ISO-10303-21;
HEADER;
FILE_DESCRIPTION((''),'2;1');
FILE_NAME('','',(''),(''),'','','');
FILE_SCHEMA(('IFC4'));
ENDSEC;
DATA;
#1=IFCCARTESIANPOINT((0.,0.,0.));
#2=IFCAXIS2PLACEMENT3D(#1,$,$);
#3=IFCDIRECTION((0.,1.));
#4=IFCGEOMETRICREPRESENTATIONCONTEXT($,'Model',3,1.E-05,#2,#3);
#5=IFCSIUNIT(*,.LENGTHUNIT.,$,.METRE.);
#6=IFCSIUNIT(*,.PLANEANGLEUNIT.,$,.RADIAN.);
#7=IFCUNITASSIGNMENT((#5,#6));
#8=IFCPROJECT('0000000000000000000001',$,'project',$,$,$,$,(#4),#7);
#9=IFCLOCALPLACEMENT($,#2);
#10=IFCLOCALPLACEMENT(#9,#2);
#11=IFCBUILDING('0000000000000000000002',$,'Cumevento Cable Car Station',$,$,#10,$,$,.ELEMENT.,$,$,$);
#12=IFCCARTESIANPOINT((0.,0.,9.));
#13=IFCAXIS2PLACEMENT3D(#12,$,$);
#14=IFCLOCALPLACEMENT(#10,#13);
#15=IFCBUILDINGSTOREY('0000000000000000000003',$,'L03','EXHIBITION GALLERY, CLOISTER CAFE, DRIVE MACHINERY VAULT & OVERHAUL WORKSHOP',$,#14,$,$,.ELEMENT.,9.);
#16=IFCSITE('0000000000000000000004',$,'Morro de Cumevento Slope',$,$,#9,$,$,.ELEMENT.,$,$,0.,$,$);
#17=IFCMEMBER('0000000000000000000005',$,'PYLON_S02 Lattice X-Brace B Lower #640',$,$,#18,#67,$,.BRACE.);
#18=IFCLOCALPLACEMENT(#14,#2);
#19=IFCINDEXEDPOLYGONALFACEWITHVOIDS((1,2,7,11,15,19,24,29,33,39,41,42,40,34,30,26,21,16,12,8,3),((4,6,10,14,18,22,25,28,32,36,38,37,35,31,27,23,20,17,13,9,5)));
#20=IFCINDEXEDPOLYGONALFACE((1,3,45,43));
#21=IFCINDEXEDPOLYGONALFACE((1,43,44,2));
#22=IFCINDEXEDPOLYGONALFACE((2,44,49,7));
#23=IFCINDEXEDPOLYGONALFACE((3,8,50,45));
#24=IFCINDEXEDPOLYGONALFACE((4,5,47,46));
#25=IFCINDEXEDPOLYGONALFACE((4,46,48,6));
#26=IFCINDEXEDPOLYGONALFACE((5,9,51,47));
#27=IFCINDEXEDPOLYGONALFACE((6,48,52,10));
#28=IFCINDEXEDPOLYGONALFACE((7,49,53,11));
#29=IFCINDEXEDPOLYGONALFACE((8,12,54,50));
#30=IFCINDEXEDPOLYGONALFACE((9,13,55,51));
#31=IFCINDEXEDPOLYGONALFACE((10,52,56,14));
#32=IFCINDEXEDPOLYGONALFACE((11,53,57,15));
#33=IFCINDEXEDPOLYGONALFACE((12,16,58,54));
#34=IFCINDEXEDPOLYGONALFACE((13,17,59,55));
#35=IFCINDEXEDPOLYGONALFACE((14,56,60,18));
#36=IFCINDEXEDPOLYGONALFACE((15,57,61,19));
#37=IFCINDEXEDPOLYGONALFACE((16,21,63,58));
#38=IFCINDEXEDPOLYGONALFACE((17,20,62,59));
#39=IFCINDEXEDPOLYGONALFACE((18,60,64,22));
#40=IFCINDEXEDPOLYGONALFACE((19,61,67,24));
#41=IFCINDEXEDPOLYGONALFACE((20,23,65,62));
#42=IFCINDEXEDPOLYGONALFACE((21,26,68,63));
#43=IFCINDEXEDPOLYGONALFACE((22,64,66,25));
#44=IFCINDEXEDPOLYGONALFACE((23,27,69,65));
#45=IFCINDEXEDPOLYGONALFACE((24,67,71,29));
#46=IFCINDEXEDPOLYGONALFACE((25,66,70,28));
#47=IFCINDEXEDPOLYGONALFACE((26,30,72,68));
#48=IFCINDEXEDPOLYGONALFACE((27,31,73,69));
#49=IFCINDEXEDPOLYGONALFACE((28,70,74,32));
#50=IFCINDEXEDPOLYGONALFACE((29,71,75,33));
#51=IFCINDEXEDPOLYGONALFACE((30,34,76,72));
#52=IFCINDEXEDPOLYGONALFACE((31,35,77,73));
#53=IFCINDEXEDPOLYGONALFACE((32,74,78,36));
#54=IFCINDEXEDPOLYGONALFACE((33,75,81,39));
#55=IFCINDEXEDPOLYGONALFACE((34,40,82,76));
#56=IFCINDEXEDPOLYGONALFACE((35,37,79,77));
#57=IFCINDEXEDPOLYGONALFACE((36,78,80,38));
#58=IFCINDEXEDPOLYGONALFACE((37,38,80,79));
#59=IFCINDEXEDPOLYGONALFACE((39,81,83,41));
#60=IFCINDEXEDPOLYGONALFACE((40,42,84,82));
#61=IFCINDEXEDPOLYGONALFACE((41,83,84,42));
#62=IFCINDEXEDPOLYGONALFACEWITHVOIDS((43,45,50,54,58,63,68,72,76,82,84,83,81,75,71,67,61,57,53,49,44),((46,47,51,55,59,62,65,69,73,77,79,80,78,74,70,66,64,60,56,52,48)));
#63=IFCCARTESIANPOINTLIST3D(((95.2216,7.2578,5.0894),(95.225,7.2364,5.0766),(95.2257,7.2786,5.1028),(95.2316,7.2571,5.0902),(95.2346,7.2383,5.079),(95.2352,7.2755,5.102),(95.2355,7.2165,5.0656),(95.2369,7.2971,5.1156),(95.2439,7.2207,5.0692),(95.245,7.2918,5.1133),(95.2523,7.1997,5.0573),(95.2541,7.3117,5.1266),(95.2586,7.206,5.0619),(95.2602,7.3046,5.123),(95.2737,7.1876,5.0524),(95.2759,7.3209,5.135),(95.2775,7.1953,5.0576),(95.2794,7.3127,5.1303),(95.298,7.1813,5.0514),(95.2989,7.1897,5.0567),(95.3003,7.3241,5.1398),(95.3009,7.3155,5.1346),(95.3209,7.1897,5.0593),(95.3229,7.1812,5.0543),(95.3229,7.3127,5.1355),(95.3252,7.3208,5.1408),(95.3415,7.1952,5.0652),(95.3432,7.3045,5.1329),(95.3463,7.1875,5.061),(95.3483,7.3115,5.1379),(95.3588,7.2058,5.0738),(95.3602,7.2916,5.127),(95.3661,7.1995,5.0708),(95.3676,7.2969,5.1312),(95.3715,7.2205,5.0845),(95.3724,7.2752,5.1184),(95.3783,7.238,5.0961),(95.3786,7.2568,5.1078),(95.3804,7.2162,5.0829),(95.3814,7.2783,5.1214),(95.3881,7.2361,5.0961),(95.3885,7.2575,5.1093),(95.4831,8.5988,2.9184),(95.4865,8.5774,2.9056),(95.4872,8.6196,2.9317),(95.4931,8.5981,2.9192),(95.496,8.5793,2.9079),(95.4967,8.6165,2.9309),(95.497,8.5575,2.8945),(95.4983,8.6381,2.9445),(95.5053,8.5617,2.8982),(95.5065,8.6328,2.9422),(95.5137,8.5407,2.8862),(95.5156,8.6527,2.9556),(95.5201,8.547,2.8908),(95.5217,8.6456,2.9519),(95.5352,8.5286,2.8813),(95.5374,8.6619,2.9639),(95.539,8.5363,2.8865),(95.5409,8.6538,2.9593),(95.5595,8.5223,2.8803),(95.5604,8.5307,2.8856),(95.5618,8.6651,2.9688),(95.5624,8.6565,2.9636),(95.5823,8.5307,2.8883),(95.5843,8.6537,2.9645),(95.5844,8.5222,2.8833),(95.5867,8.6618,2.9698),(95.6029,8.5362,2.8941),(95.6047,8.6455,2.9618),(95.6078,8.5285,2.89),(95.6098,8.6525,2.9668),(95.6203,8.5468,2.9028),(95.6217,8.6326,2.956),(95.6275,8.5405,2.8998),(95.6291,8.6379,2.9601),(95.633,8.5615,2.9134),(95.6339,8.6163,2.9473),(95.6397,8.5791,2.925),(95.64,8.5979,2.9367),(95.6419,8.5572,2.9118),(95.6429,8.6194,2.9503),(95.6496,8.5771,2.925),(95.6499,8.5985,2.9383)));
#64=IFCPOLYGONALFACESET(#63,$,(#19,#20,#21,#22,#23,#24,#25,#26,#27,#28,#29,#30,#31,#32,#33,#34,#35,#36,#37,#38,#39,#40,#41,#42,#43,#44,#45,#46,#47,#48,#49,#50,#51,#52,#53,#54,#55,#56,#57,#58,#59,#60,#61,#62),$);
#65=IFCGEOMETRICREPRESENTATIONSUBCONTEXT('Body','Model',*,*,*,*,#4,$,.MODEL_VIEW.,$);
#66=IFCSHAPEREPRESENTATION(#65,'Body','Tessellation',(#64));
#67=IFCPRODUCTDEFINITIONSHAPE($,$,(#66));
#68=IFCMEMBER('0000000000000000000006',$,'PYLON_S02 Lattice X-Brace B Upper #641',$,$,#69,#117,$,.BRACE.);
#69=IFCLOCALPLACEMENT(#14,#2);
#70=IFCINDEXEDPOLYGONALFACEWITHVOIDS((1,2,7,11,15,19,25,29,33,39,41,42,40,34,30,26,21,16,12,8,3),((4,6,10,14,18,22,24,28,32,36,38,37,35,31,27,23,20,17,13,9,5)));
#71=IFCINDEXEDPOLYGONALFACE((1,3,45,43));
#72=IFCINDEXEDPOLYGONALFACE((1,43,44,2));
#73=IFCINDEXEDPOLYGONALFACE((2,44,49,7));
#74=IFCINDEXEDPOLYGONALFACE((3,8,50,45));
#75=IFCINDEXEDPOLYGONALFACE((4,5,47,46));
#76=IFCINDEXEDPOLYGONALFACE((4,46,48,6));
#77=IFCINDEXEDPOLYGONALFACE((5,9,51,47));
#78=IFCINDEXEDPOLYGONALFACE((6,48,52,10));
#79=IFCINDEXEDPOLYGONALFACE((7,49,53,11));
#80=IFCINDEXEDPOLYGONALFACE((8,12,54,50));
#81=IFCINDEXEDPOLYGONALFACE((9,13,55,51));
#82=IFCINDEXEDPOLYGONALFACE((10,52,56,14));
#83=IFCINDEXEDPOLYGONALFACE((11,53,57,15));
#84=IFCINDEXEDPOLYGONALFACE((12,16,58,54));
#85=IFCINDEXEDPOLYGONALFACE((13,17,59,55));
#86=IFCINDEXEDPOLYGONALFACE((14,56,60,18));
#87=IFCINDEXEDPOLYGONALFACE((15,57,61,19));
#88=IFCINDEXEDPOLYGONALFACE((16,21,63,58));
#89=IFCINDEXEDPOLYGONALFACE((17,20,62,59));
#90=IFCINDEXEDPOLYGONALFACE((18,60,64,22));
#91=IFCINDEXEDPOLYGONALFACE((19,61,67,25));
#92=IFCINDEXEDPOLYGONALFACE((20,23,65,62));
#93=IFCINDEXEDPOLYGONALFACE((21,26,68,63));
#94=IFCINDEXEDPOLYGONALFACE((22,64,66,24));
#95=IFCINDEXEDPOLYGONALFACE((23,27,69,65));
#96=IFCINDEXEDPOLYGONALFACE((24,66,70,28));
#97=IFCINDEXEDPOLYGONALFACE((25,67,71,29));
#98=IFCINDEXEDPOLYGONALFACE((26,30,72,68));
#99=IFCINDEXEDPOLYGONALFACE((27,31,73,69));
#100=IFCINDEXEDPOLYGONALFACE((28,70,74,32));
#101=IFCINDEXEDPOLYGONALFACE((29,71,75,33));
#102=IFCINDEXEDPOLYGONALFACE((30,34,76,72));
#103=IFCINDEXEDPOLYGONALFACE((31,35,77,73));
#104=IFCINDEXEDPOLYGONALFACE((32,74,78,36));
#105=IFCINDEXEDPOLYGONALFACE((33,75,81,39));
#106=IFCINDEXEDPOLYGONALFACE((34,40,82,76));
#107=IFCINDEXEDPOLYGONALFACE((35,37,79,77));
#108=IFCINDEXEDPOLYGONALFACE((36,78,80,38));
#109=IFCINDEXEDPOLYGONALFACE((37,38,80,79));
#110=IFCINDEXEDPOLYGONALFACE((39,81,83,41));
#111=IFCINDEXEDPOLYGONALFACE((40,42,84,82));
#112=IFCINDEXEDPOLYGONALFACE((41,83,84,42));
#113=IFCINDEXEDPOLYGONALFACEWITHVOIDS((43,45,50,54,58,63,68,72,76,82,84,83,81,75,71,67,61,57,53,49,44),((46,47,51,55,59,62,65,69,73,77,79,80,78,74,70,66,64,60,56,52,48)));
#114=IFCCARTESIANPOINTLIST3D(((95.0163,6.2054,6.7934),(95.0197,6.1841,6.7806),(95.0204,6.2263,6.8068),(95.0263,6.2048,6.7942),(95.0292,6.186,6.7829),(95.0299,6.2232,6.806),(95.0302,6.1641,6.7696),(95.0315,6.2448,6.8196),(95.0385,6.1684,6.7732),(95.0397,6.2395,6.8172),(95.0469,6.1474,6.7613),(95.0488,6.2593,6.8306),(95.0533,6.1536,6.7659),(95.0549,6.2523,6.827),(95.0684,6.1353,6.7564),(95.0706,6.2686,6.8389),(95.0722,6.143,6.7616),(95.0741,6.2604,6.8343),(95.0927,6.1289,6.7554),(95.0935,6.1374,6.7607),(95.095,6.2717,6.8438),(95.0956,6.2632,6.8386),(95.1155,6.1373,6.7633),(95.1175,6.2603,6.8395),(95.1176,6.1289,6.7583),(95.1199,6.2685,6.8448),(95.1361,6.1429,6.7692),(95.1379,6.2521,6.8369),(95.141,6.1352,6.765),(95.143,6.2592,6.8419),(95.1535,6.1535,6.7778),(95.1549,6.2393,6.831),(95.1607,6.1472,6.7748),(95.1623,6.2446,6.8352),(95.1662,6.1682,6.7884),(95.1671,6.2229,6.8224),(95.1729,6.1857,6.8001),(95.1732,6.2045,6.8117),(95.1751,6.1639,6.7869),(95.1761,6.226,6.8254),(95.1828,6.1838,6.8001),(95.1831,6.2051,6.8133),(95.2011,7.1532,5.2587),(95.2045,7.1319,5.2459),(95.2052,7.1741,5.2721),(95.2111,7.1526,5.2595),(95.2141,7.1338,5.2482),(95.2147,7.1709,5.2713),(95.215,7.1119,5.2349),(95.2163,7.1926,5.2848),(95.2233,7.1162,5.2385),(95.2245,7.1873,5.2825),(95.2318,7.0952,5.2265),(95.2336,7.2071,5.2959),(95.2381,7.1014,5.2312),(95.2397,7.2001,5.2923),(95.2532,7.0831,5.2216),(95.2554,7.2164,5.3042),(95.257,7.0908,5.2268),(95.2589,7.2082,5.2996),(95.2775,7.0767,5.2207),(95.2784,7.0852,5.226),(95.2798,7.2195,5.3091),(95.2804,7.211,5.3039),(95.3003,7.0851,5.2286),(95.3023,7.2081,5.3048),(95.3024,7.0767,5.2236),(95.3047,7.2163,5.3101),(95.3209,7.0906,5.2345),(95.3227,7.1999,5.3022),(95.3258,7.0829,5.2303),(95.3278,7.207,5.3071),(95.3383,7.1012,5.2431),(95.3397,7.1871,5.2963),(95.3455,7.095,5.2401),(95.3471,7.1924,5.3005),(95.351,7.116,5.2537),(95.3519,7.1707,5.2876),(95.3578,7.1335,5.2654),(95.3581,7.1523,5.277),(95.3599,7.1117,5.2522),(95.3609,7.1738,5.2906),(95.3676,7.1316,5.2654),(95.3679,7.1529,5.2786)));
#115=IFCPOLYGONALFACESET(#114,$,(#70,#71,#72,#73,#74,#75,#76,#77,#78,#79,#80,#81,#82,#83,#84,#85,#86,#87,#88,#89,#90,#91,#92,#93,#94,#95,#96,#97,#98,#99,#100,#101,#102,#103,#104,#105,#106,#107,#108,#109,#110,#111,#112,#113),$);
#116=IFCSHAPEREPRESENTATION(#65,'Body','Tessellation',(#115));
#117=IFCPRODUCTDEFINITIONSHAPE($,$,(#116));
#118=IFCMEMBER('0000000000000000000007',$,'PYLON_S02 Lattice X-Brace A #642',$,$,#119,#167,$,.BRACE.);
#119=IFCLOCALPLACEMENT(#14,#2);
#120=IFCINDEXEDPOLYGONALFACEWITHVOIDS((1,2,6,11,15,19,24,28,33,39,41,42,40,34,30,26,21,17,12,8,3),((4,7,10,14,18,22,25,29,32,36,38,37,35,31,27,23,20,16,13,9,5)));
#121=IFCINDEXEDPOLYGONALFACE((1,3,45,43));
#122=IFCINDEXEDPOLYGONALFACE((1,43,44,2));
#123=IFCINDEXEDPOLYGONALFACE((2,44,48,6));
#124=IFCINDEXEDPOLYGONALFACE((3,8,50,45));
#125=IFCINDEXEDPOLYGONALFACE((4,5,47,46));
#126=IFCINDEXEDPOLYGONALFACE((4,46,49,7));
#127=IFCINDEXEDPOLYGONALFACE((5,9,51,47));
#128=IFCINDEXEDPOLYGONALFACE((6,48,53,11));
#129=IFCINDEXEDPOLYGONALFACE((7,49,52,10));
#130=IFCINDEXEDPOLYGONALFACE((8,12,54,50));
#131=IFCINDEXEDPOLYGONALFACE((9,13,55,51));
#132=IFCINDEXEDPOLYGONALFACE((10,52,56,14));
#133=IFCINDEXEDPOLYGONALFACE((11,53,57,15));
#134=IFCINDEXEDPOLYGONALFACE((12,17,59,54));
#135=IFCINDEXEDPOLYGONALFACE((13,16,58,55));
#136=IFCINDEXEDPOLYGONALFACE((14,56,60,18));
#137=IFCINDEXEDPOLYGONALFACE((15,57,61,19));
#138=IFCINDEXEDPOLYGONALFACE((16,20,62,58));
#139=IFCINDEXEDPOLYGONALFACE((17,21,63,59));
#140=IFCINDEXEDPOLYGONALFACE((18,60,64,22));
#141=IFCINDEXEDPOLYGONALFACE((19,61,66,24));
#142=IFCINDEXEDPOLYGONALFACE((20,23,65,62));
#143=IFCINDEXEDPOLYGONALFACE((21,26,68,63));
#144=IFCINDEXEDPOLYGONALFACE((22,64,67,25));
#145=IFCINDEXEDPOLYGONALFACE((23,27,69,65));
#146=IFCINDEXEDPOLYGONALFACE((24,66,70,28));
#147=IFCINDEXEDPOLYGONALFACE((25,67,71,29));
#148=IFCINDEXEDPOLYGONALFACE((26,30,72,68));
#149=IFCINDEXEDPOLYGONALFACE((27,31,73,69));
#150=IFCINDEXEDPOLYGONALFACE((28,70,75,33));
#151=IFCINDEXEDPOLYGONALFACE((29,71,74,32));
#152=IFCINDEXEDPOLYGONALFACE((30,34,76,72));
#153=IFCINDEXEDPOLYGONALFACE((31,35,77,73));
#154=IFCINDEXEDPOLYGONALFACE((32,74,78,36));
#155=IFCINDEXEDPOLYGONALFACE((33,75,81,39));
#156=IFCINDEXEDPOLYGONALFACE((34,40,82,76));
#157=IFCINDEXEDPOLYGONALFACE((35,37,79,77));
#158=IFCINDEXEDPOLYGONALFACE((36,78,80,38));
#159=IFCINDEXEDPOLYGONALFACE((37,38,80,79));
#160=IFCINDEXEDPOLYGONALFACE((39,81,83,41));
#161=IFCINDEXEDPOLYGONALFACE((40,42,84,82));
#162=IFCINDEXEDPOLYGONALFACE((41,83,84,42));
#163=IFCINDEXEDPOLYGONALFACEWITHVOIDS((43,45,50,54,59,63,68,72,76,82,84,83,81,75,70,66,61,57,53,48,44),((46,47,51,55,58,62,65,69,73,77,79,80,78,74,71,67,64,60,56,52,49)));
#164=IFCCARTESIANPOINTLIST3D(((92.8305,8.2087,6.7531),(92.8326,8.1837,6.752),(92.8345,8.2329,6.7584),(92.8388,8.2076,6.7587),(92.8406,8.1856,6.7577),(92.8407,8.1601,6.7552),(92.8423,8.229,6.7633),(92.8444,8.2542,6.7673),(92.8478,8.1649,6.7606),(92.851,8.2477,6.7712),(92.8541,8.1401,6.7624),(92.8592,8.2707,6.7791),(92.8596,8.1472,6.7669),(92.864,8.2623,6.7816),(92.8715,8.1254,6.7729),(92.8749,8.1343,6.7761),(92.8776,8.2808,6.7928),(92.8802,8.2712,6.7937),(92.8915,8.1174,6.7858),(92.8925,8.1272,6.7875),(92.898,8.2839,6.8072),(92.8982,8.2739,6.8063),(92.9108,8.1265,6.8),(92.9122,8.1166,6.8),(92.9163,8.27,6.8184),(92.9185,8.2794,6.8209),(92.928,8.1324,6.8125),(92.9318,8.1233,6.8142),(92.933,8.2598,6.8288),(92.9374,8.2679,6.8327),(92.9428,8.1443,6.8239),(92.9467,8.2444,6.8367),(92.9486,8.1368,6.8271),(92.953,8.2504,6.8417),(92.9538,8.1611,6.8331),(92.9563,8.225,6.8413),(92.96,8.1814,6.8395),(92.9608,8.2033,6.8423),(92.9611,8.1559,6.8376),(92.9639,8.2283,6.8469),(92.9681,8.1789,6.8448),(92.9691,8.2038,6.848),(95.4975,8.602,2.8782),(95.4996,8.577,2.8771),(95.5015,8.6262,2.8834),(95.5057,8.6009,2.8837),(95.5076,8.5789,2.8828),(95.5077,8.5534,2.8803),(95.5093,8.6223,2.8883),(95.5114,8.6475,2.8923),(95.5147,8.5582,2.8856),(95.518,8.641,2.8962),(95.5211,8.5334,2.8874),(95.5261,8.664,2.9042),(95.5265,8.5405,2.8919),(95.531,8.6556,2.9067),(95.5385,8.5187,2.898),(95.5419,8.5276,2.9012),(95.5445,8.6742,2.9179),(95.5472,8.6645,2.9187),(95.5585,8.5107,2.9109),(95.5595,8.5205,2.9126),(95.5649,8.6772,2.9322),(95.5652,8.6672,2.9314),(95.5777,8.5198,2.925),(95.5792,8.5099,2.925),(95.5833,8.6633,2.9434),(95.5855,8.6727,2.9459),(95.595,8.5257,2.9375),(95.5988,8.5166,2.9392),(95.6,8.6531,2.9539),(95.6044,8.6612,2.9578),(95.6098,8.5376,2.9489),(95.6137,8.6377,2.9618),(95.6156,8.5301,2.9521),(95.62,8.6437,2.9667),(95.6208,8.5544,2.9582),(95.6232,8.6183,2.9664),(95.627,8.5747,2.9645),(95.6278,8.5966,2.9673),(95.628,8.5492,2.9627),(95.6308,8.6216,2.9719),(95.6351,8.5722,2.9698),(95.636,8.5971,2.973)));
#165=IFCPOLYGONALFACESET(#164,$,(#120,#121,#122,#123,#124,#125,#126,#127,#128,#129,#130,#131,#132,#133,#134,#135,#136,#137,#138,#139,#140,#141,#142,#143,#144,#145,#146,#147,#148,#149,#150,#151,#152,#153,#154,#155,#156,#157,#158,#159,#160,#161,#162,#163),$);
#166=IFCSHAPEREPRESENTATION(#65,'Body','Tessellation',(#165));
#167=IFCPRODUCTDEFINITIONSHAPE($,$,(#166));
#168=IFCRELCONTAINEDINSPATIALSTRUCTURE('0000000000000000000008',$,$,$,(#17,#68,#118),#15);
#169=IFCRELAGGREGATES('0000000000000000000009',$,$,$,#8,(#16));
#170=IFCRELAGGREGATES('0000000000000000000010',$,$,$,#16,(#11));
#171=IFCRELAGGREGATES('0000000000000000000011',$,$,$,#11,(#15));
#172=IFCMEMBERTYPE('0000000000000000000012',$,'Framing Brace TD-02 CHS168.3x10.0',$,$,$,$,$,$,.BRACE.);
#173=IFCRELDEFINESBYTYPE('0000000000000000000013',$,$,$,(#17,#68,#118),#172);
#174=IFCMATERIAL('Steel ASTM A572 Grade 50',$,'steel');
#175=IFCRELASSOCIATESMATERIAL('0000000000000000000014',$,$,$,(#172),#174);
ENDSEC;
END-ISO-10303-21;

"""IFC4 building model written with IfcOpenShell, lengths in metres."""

from ifc_helpers import new_model, si_unit, direction, frame, origin, origin_2d, place, context, subcontext, project, spatial, hollow_circle, extrude, material, material_profile, profile_set, type_object, element, save


model = new_model("IFC4")

# Units and contexts
model_context = context("Model", 3, precision=1e-05, world=origin(), true_north=direction((0.0, 1.0)))
body_context = subcontext(model_context, "Body", "Model", "MODEL_VIEW")
ifc_project = project(units=[si_unit("LENGTHUNIT", "METRE"), si_unit("PLANEANGLEUNIT", "RADIAN")], contexts=[model_context])

# Site, building, storey
site_placement = place(None, origin())
site = spatial("IfcSite", under=ifc_project, at=site_placement, Name="Morro de Cumevento Slope", CompositionType="ELEMENT", RefElevation=0.0)
building_placement = place(site_placement, origin())
building = spatial("IfcBuilding", under=site, at=building_placement, Name="Cumevento Cable Car Station", CompositionType="ELEMENT")
storey_placement = place(building_placement, frame((0.0, 0.0, 9.0)))
storey = spatial("IfcBuildingStorey", under=building, at=storey_placement, Name="L03", Description="EXHIBITION GALLERY, CLOISTER CAFE, DRIVE MACHINERY VAULT & OVERHAUL WORKSHOP", CompositionType="ELEMENT", Elevation=9.0)

# Members
ifc_material_1 = material(Name="Steel ASTM A572 Grade 50", Category="steel")
ifc_material_profile_1 = material_profile(ifc_material_1, hollow_circle(Radius=0.0842, WallThickness=0.01, at=origin_2d()), Name="CHS168.3x10.0")
ifc_profile_set_1 = profile_set([ifc_material_profile_1], Name="Steel ASTM A572 Grade 50")
member_type_1 = type_object("IfcMemberType", Name="Framing Brace TD-02 CHS168.3x10.0", PredefinedType="BRACE", material=ifc_profile_set_1)
member_1_placement = place(storey_placement, frame((95.5669, 8.5933, 2.925), z_axis=(-0.101928, -0.522774, 0.846356), x_axis=(0.981518, -0.191372, 0.0)))
element("IfcMember", 1, at=member_1_placement, inside=storey, type_object=member_type_1, Name="PYLON_S02 Lattice X-Brace B Lower #640", PredefinedType="BRACE", context=body_context, shape_type="SweptSolid", body=[
    extrude(hollow_circle(Radius=0.0842, WallThickness=0.01, at=origin_2d()), origin(), (0.0, 0.0, 1.0), 2.5652),
])
member_2_placement = place(storey_placement, frame((95.2849, 7.1477, 5.2654), z_axis=(-0.101929, -0.522704, 0.846399), x_axis=(0.981513, -0.191397, 0.0)))
element("IfcMember", 2, at=member_2_placement, inside=storey, type_object=member_type_1, Name="PYLON_S02 Lattice X-Brace B Upper #641", PredefinedType="BRACE", context=body_context, shape_type="SweptSolid", body=[
    extrude(hollow_circle(Radius=0.0842, WallThickness=0.01, at=origin_2d()), origin(), (0.0, 0.0, 1.0), 1.8132),
])
member_3_placement = place(storey_placement, frame((95.5669, 8.5933, 2.925), z_axis=(-0.56498, -0.08332, 0.820887), x_axis=(0.145895, -0.9893, 0.0)))
element("IfcMember", 3, at=member_3_placement, inside=storey, type_object=member_type_1, Name="PYLON_S02 Lattice X-Brace A #642", PredefinedType="BRACE", context=body_context, shape_type="SweptSolid", body=[
    extrude(hollow_circle(Radius=0.0842, WallThickness=0.01, at=origin_2d()), origin(), (0.0, 0.0, 1.0), 4.7205),
])

save(model, "model.ifc")
